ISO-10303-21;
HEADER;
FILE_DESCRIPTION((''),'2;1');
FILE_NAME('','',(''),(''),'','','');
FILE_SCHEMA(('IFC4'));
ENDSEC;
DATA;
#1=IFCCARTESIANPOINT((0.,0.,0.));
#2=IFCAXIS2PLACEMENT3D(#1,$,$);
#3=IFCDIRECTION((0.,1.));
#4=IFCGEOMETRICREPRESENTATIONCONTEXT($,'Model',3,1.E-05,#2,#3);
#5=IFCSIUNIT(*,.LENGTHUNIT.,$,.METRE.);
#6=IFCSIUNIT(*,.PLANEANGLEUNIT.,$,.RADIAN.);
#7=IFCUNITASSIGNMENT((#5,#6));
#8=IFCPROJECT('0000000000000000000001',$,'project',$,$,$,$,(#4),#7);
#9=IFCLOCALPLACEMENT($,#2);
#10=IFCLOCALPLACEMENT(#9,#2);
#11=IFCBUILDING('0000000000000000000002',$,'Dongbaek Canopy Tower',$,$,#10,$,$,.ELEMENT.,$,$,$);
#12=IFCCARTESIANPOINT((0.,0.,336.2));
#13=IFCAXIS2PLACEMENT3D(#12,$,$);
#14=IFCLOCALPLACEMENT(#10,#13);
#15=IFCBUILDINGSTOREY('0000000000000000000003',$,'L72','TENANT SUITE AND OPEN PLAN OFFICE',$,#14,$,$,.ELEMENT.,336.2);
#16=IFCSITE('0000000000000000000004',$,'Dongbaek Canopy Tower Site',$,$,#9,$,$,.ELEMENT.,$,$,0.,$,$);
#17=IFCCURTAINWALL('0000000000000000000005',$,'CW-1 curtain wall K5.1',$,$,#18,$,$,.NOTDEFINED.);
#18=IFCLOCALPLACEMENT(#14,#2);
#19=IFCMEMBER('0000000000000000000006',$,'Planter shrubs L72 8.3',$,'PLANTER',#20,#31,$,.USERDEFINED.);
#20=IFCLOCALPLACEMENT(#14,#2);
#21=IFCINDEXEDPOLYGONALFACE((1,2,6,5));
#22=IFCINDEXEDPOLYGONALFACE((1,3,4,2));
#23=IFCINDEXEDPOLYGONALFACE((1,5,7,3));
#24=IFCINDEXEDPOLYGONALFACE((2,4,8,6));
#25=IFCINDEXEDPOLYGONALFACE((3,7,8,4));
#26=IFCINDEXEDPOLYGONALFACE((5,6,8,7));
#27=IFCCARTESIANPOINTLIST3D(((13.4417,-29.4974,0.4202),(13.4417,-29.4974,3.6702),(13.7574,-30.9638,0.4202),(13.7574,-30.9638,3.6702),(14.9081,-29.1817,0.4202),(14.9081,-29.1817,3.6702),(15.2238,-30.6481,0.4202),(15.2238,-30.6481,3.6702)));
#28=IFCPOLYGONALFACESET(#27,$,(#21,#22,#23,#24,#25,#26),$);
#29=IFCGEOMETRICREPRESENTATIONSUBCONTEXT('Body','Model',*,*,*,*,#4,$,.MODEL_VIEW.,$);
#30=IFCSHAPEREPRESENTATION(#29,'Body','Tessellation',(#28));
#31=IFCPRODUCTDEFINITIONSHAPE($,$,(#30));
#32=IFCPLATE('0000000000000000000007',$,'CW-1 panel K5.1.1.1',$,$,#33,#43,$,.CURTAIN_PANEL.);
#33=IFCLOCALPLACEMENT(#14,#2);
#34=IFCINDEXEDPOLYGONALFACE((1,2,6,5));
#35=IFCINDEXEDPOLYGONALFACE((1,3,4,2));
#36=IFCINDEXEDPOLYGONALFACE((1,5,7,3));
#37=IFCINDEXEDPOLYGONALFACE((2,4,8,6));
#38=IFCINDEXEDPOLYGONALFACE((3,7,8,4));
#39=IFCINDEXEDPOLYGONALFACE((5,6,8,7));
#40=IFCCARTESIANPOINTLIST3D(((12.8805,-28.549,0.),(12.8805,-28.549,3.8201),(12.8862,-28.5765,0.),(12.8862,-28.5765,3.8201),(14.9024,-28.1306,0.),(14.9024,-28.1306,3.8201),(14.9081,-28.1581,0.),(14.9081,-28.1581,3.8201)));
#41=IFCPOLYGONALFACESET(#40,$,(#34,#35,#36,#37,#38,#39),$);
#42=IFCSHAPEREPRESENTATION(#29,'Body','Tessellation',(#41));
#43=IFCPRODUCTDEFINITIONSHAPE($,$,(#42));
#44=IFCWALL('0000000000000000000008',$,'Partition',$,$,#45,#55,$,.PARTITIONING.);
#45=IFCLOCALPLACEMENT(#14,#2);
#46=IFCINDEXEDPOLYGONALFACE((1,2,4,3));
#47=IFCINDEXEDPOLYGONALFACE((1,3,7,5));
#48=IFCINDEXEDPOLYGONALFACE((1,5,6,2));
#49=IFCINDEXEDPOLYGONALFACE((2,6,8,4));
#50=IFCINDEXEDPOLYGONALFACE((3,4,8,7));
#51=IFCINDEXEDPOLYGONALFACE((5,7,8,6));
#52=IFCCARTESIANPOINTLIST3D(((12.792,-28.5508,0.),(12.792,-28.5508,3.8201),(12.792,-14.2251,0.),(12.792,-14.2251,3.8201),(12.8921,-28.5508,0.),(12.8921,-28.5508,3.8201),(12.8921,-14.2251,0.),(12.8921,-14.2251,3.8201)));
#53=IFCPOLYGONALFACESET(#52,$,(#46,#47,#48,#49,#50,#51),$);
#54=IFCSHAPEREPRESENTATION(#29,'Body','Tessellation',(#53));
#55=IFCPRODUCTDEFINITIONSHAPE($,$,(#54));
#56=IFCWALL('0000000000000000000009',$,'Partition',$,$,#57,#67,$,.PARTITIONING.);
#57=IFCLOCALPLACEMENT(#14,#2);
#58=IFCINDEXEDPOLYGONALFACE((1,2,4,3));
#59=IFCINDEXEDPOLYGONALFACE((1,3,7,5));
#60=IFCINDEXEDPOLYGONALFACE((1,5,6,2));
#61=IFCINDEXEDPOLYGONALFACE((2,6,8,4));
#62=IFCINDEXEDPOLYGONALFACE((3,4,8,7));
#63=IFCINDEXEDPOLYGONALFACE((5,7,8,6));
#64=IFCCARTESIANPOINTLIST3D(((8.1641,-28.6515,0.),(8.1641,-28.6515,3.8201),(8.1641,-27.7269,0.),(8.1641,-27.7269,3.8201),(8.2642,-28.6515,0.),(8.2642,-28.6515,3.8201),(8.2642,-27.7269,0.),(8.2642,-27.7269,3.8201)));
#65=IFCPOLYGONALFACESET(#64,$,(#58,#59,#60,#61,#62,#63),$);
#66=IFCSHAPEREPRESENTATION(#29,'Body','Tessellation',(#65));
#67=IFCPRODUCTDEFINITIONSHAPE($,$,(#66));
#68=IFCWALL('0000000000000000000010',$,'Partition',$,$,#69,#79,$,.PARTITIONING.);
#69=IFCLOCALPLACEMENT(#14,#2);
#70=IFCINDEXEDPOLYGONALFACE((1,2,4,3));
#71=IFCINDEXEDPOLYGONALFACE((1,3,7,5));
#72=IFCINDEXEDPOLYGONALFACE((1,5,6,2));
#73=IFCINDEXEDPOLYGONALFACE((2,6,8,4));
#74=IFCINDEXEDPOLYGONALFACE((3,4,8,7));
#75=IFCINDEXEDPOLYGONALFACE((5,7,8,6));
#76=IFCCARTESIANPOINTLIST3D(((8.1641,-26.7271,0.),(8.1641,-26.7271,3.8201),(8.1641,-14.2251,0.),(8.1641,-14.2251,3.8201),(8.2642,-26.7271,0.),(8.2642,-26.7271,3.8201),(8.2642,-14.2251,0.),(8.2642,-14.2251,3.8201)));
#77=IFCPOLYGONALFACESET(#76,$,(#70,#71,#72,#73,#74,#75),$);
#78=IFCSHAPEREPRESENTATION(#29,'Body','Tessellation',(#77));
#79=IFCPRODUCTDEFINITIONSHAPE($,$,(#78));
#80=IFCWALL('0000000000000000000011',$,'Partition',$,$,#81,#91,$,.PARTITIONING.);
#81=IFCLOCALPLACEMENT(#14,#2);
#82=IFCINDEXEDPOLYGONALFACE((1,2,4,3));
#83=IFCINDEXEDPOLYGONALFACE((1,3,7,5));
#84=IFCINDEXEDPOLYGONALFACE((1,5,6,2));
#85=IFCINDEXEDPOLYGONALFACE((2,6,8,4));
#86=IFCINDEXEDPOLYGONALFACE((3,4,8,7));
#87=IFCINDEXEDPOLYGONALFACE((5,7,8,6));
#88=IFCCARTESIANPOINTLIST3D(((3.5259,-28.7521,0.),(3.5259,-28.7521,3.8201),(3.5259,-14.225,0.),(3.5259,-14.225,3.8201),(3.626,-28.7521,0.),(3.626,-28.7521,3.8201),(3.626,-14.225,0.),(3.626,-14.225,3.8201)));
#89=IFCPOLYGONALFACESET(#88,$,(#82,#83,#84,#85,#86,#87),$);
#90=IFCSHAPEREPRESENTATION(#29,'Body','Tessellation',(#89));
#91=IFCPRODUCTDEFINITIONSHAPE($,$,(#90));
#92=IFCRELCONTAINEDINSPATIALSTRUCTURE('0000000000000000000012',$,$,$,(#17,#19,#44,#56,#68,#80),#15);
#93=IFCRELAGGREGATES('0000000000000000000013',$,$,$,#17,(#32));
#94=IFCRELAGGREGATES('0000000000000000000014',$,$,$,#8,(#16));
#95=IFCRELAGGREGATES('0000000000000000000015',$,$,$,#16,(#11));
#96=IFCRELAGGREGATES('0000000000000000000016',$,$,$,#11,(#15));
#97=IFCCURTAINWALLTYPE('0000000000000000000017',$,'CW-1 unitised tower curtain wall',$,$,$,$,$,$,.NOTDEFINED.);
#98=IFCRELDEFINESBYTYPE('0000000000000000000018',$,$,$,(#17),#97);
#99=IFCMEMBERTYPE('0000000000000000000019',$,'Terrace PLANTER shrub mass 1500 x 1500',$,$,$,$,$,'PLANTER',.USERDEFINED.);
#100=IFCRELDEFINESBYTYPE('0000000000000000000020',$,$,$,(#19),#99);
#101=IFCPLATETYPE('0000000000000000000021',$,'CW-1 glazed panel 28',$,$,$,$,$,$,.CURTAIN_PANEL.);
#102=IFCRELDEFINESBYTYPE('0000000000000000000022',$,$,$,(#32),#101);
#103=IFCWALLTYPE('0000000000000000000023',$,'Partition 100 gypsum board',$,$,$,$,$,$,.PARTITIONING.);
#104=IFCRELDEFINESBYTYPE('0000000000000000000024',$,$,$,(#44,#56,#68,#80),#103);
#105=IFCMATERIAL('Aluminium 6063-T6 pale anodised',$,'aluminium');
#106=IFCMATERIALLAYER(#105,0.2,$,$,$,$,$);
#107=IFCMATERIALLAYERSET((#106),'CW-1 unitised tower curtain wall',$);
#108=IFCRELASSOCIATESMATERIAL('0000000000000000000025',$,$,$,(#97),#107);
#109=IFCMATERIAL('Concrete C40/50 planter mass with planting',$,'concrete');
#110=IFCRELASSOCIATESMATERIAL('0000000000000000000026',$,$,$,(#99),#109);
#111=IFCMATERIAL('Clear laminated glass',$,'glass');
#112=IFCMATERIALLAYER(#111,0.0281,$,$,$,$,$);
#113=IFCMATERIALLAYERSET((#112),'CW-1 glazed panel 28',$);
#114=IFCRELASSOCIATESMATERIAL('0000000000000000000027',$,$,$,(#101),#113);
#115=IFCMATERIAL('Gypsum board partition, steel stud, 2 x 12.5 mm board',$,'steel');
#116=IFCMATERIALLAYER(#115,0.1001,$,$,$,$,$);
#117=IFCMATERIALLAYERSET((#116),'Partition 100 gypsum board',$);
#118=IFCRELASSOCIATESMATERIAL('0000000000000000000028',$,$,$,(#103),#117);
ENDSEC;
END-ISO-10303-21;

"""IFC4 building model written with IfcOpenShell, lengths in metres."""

from ifc_helpers import new_model, si_unit, direction, frame, frame_2d, origin, origin_2d, place, context, subcontext, project, spatial, rectangle, extrude, material, layer, layer_set, material_profile, profile_set, type_object, element, aggregate, save


model = new_model("IFC4")

# Units and contexts
model_context = context("Model", 3, precision=1e-05, world=origin(), true_north=direction((0.0, 1.0)))
body_context = subcontext(model_context, "Body", "Model", "MODEL_VIEW")
ifc_project = project(units=[si_unit("LENGTHUNIT", "METRE"), si_unit("PLANEANGLEUNIT", "RADIAN")], contexts=[model_context])

# Site, building, storey
site_placement = place(None, origin())
site = spatial("IfcSite", under=ifc_project, at=site_placement, Name="Dongbaek Canopy Tower Site", CompositionType="ELEMENT", RefElevation=0.0)
building_placement = place(site_placement, origin())
building = spatial("IfcBuilding", under=site, at=building_placement, Name="Dongbaek Canopy Tower", CompositionType="ELEMENT")
storey_placement = place(building_placement, frame((0.0, 0.0, 336.2)))
storey = spatial("IfcBuildingStorey", under=building, at=storey_placement, Name="L72", Description="TENANT SUITE AND OPEN PLAN OFFICE", CompositionType="ELEMENT", Elevation=336.2)

# Curtain wall
ifc_material_1 = material(Name="Aluminium 6063-T6 pale anodised", Category="aluminium")
ifc_layer_1 = layer(ifc_material_1, 0.2)
ifc_layer_set_1 = layer_set([ifc_layer_1], Name="CW-1 unitised tower curtain wall")
curtain_wall_type = type_object("IfcCurtainWallType", Name="CW-1 unitised tower curtain wall", PredefinedType="NOTDEFINED", material=ifc_layer_set_1)
curtain_wall_placement = place(storey_placement, origin())
curtain_wall = element("IfcCurtainWall", 1, at=curtain_wall_placement, inside=storey, type_object=curtain_wall_type, Name="CW-1 curtain wall K5.1", PredefinedType="NOTDEFINED")

# Member
ifc_material_2 = material(Name="Concrete C40/50 planter mass with planting", Category="concrete")
ifc_material_profile_1 = material_profile(ifc_material_2, rectangle(XDim=1.5, YDim=1.5, at=origin_2d()), Name="Terrace PLANTER shrub mass 1500 x 1500")
ifc_profile_set_1 = profile_set([ifc_material_profile_1], Name="Concrete C40/50 planter mass with planting")
member_type_1 = type_object("IfcMemberType", Name="Terrace PLANTER shrub mass 1500 x 1500", ElementType="PLANTER", PredefinedType="USERDEFINED", material=ifc_profile_set_1)
member_1_placement = place(storey_placement, frame((14.3328, -30.0728, 0.4202), z_axis=(0.0, 0.0, 1.0), x_axis=(0.210435, -0.977608, 0.0)))
element("IfcMember", 2, at=member_1_placement, inside=storey, type_object=member_type_1, Name="Planter shrubs L72 8.3", ObjectType="PLANTER", PredefinedType="USERDEFINED", context=body_context, shape_type="SweptSolid", body=[
    extrude(rectangle(XDim=1.5, YDim=1.5, at=origin_2d()), origin(), (0.0, 0.0, 1.0), 3.25),
])

# Plate
ifc_material_3 = material(Name="Clear laminated glass", Category="glass")
ifc_layer_2 = layer(ifc_material_3, 0.0281)
ifc_layer_set_2 = layer_set([ifc_layer_2], Name="CW-1 glazed panel 28")
plate_type = type_object("IfcPlateType", Name="CW-1 glazed panel 28", PredefinedType="CURTAIN_PANEL", material=ifc_layer_set_2)
plate_placement = place(storey_placement, frame((13.8943, -28.3535, 0.0), z_axis=(0.0, 0.0, 1.0), x_axis=(0.979253, 0.202641, 0.0)))
plate = element("IfcPlate", 3, at=plate_placement, type_object=plate_type, Name="CW-1 panel K5.1.1.1", PredefinedType="CURTAIN_PANEL", context=body_context, shape_type="SweptSolid", body=[
    extrude(rectangle(XDim=2.0647, YDim=0.0281, at=origin_2d()), origin(), (0.0, 0.0, 1.0), 3.8201),
])
aggregate(curtain_wall, [plate])

# Walls
ifc_material_4 = material(Name="Gypsum board partition, steel stud, 2 x 12.5 mm board", Category="steel")
ifc_layer_3 = layer(ifc_material_4, 0.1001)
ifc_layer_set_3 = layer_set([ifc_layer_3], Name="Partition 100 gypsum board")
wall_type_1 = type_object("IfcWallType", Name="Partition 100 gypsum board", PredefinedType="PARTITIONING", material=ifc_layer_set_3)
wall_1_placement = place(storey_placement, frame((12.842, -28.5508, 0.0), z_axis=(0.0, 0.0, 1.0), x_axis=(0.0, 1.0, 0.0)))
element("IfcWall", 4, at=wall_1_placement, inside=storey, type_object=wall_type_1, Name="Partition", PredefinedType="PARTITIONING", context=body_context, shape_type="SweptSolid", body=[
    extrude(rectangle(XDim=14.3257, YDim=0.1001, at=frame_2d((7.1628, 0.0))), origin(), (0.0, 0.0, 1.0), 3.8201),
])
wall_2_placement = place(storey_placement, frame((8.2141, -28.6516, 0.0), z_axis=(0.0, 0.0, 1.0), x_axis=(0.0, 1.0, 0.0)))
element("IfcWall", 5, at=wall_2_placement, inside=storey, type_object=wall_type_1, Name="Partition", PredefinedType="PARTITIONING", context=body_context, shape_type="SweptSolid", body=[
    extrude(rectangle(XDim=0.9246, YDim=0.1001, at=frame_2d((0.4624, 0.0))), origin(), (0.0, 0.0, 1.0), 3.8201),
])
wall_3_placement = place(storey_placement, frame((8.2141, -26.7271, 0.0), z_axis=(0.0, 0.0, 1.0), x_axis=(0.0, 1.0, 0.0)))
element("IfcWall", 6, at=wall_3_placement, inside=storey, type_object=wall_type_1, Name="Partition", PredefinedType="PARTITIONING", context=body_context, shape_type="SweptSolid", body=[
    extrude(rectangle(XDim=12.502, YDim=0.1001, at=frame_2d((6.251, 0.0))), origin(), (0.0, 0.0, 1.0), 3.8201),
])
wall_4_placement = place(storey_placement, frame((3.5759, -28.7522, 0.0), z_axis=(0.0, 0.0, 1.0), x_axis=(0.0, 1.0, 0.0)))
element("IfcWall", 7, at=wall_4_placement, inside=storey, type_object=wall_type_1, Name="Partition", PredefinedType="PARTITIONING", context=body_context, shape_type="SweptSolid", body=[
    extrude(rectangle(XDim=14.5271, YDim=0.1001, at=frame_2d((7.2637, 0.0))), origin(), (0.0, 0.0, 1.0), 3.8201),
])

save(model, "model.ifc")
